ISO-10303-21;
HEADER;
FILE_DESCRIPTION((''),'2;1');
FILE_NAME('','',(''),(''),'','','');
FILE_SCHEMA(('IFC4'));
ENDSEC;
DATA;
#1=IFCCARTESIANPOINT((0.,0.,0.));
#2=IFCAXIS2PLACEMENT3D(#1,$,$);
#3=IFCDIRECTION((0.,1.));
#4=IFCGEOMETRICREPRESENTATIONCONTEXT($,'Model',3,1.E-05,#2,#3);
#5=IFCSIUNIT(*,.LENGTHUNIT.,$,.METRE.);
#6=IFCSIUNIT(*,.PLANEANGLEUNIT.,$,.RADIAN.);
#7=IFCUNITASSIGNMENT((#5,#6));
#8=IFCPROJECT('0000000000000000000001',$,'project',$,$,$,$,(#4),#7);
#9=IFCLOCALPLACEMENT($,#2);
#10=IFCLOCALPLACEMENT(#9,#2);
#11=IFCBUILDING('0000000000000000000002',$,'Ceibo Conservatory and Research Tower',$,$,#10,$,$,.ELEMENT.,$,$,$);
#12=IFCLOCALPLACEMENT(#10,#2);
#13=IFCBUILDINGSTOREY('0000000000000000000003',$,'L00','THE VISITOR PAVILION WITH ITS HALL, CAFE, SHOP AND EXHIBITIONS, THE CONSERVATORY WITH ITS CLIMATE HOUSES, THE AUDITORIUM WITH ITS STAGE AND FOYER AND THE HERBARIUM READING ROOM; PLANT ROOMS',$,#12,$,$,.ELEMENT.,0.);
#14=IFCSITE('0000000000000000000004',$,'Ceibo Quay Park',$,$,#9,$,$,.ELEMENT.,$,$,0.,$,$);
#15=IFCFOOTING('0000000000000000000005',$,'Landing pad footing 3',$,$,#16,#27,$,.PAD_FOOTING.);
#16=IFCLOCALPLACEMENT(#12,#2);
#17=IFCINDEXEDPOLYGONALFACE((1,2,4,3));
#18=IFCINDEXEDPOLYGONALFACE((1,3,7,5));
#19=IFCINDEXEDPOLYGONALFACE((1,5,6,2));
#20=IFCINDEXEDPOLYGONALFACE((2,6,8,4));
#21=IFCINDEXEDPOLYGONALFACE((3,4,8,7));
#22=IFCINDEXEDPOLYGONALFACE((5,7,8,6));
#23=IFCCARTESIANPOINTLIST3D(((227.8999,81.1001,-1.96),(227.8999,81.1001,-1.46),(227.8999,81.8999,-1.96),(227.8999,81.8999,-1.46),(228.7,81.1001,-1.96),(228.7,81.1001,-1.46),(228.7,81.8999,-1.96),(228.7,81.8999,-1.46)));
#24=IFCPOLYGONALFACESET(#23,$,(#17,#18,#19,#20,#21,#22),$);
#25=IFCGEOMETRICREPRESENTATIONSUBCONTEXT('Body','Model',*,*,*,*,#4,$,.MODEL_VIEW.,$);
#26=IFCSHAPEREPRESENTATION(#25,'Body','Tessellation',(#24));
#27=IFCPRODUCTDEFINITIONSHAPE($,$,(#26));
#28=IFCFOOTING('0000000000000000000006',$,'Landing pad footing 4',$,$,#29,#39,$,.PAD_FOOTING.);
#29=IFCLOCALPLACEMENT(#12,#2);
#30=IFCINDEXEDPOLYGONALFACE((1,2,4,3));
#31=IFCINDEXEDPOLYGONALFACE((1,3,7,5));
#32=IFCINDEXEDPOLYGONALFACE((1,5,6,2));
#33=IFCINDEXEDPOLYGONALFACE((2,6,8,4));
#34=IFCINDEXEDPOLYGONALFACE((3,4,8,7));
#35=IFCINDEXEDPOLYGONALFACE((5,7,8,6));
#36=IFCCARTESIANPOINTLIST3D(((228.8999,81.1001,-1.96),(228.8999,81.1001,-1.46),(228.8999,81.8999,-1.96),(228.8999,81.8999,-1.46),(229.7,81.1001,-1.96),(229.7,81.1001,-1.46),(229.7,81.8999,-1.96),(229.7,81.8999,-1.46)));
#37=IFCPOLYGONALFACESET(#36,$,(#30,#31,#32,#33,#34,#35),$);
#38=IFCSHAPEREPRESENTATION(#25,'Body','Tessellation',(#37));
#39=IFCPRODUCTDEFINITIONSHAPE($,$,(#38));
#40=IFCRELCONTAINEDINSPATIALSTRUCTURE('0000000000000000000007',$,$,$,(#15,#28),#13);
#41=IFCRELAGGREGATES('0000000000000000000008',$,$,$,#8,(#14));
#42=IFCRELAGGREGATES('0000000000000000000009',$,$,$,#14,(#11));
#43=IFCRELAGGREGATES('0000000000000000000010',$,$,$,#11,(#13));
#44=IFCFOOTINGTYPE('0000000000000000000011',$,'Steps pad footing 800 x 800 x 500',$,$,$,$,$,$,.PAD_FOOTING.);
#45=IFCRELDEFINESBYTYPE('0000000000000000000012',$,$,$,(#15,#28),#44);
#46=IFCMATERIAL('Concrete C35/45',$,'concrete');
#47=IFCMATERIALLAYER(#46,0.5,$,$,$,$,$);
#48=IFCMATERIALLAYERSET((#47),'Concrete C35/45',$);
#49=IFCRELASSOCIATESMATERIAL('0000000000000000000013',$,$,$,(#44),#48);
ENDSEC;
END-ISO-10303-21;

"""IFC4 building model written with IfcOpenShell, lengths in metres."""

from ifc_helpers import new_model, si_unit, direction, frame, origin, place, context, subcontext, project, spatial, polyline, outline, extrude, material, layer, layer_set, type_object, element, save


model = new_model("IFC4")

# Units and contexts
model_context = context("Model", 3, precision=1e-05, world=origin(), true_north=direction((0.0, 1.0)))
body_context = subcontext(model_context, "Body", "Model", "MODEL_VIEW")
ifc_project = project(units=[si_unit("LENGTHUNIT", "METRE"), si_unit("PLANEANGLEUNIT", "RADIAN")], contexts=[model_context])

# Site, building, storey
site_placement = place(None, origin())
site = spatial("IfcSite", under=ifc_project, at=site_placement, Name="Ceibo Quay Park", CompositionType="ELEMENT", RefElevation=0.0)
building_placement = place(site_placement, origin())
building = spatial("IfcBuilding", under=site, at=building_placement, Name="Ceibo Conservatory and Research Tower", CompositionType="ELEMENT")
storey_placement = place(building_placement, origin())
storey = spatial("IfcBuildingStorey", under=building, at=storey_placement, Name="L00", Description="THE VISITOR PAVILION WITH ITS HALL, CAFE, SHOP AND EXHIBITIONS, THE CONSERVATORY WITH ITS CLIMATE HOUSES, THE AUDITORIUM WITH ITS STAGE AND FOYER AND THE HERBARIUM READING ROOM; PLANT ROOMS", CompositionType="ELEMENT", Elevation=0.0)

# Footings
ifc_material_1 = material(Name="Concrete C35/45", Category="concrete")
ifc_layer_1 = layer(ifc_material_1, 0.5)
ifc_layer_set_1 = layer_set([ifc_layer_1], Name="Concrete C35/45")
footing_type_1 = type_object("IfcFootingType", Name="Steps pad footing 800 x 800 x 500", PredefinedType="PAD_FOOTING", material=ifc_layer_set_1)
footing_1_placement = place(storey_placement, frame((0.0, 0.0, -1.96)))
element("IfcFooting", 1, at=footing_1_placement, inside=storey, type_object=footing_type_1, Name="Landing pad footing 3", PredefinedType="PAD_FOOTING", context=body_context, shape_type="SweptSolid", body=[
    extrude(outline(polyline([(227.8999, 81.1001), (228.7, 81.1001), (228.7, 81.8999), (227.8999, 81.8999), (227.8999, 81.1001)])), origin(), (0.0, 0.0, 1.0), 0.5),
])
footing_2_placement = place(storey_placement, frame((0.0, 0.0, -1.96)))
element("IfcFooting", 2, at=footing_2_placement, inside=storey, type_object=footing_type_1, Name="Landing pad footing 4", PredefinedType="PAD_FOOTING", context=body_context, shape_type="SweptSolid", body=[
    extrude(outline(polyline([(228.8999, 81.1001), (229.7, 81.1001), (229.7, 81.8999), (228.8999, 81.8999), (228.8999, 81.1001)])), origin(), (0.0, 0.0, 1.0), 0.5),
])

save(model, "model.ifc")
